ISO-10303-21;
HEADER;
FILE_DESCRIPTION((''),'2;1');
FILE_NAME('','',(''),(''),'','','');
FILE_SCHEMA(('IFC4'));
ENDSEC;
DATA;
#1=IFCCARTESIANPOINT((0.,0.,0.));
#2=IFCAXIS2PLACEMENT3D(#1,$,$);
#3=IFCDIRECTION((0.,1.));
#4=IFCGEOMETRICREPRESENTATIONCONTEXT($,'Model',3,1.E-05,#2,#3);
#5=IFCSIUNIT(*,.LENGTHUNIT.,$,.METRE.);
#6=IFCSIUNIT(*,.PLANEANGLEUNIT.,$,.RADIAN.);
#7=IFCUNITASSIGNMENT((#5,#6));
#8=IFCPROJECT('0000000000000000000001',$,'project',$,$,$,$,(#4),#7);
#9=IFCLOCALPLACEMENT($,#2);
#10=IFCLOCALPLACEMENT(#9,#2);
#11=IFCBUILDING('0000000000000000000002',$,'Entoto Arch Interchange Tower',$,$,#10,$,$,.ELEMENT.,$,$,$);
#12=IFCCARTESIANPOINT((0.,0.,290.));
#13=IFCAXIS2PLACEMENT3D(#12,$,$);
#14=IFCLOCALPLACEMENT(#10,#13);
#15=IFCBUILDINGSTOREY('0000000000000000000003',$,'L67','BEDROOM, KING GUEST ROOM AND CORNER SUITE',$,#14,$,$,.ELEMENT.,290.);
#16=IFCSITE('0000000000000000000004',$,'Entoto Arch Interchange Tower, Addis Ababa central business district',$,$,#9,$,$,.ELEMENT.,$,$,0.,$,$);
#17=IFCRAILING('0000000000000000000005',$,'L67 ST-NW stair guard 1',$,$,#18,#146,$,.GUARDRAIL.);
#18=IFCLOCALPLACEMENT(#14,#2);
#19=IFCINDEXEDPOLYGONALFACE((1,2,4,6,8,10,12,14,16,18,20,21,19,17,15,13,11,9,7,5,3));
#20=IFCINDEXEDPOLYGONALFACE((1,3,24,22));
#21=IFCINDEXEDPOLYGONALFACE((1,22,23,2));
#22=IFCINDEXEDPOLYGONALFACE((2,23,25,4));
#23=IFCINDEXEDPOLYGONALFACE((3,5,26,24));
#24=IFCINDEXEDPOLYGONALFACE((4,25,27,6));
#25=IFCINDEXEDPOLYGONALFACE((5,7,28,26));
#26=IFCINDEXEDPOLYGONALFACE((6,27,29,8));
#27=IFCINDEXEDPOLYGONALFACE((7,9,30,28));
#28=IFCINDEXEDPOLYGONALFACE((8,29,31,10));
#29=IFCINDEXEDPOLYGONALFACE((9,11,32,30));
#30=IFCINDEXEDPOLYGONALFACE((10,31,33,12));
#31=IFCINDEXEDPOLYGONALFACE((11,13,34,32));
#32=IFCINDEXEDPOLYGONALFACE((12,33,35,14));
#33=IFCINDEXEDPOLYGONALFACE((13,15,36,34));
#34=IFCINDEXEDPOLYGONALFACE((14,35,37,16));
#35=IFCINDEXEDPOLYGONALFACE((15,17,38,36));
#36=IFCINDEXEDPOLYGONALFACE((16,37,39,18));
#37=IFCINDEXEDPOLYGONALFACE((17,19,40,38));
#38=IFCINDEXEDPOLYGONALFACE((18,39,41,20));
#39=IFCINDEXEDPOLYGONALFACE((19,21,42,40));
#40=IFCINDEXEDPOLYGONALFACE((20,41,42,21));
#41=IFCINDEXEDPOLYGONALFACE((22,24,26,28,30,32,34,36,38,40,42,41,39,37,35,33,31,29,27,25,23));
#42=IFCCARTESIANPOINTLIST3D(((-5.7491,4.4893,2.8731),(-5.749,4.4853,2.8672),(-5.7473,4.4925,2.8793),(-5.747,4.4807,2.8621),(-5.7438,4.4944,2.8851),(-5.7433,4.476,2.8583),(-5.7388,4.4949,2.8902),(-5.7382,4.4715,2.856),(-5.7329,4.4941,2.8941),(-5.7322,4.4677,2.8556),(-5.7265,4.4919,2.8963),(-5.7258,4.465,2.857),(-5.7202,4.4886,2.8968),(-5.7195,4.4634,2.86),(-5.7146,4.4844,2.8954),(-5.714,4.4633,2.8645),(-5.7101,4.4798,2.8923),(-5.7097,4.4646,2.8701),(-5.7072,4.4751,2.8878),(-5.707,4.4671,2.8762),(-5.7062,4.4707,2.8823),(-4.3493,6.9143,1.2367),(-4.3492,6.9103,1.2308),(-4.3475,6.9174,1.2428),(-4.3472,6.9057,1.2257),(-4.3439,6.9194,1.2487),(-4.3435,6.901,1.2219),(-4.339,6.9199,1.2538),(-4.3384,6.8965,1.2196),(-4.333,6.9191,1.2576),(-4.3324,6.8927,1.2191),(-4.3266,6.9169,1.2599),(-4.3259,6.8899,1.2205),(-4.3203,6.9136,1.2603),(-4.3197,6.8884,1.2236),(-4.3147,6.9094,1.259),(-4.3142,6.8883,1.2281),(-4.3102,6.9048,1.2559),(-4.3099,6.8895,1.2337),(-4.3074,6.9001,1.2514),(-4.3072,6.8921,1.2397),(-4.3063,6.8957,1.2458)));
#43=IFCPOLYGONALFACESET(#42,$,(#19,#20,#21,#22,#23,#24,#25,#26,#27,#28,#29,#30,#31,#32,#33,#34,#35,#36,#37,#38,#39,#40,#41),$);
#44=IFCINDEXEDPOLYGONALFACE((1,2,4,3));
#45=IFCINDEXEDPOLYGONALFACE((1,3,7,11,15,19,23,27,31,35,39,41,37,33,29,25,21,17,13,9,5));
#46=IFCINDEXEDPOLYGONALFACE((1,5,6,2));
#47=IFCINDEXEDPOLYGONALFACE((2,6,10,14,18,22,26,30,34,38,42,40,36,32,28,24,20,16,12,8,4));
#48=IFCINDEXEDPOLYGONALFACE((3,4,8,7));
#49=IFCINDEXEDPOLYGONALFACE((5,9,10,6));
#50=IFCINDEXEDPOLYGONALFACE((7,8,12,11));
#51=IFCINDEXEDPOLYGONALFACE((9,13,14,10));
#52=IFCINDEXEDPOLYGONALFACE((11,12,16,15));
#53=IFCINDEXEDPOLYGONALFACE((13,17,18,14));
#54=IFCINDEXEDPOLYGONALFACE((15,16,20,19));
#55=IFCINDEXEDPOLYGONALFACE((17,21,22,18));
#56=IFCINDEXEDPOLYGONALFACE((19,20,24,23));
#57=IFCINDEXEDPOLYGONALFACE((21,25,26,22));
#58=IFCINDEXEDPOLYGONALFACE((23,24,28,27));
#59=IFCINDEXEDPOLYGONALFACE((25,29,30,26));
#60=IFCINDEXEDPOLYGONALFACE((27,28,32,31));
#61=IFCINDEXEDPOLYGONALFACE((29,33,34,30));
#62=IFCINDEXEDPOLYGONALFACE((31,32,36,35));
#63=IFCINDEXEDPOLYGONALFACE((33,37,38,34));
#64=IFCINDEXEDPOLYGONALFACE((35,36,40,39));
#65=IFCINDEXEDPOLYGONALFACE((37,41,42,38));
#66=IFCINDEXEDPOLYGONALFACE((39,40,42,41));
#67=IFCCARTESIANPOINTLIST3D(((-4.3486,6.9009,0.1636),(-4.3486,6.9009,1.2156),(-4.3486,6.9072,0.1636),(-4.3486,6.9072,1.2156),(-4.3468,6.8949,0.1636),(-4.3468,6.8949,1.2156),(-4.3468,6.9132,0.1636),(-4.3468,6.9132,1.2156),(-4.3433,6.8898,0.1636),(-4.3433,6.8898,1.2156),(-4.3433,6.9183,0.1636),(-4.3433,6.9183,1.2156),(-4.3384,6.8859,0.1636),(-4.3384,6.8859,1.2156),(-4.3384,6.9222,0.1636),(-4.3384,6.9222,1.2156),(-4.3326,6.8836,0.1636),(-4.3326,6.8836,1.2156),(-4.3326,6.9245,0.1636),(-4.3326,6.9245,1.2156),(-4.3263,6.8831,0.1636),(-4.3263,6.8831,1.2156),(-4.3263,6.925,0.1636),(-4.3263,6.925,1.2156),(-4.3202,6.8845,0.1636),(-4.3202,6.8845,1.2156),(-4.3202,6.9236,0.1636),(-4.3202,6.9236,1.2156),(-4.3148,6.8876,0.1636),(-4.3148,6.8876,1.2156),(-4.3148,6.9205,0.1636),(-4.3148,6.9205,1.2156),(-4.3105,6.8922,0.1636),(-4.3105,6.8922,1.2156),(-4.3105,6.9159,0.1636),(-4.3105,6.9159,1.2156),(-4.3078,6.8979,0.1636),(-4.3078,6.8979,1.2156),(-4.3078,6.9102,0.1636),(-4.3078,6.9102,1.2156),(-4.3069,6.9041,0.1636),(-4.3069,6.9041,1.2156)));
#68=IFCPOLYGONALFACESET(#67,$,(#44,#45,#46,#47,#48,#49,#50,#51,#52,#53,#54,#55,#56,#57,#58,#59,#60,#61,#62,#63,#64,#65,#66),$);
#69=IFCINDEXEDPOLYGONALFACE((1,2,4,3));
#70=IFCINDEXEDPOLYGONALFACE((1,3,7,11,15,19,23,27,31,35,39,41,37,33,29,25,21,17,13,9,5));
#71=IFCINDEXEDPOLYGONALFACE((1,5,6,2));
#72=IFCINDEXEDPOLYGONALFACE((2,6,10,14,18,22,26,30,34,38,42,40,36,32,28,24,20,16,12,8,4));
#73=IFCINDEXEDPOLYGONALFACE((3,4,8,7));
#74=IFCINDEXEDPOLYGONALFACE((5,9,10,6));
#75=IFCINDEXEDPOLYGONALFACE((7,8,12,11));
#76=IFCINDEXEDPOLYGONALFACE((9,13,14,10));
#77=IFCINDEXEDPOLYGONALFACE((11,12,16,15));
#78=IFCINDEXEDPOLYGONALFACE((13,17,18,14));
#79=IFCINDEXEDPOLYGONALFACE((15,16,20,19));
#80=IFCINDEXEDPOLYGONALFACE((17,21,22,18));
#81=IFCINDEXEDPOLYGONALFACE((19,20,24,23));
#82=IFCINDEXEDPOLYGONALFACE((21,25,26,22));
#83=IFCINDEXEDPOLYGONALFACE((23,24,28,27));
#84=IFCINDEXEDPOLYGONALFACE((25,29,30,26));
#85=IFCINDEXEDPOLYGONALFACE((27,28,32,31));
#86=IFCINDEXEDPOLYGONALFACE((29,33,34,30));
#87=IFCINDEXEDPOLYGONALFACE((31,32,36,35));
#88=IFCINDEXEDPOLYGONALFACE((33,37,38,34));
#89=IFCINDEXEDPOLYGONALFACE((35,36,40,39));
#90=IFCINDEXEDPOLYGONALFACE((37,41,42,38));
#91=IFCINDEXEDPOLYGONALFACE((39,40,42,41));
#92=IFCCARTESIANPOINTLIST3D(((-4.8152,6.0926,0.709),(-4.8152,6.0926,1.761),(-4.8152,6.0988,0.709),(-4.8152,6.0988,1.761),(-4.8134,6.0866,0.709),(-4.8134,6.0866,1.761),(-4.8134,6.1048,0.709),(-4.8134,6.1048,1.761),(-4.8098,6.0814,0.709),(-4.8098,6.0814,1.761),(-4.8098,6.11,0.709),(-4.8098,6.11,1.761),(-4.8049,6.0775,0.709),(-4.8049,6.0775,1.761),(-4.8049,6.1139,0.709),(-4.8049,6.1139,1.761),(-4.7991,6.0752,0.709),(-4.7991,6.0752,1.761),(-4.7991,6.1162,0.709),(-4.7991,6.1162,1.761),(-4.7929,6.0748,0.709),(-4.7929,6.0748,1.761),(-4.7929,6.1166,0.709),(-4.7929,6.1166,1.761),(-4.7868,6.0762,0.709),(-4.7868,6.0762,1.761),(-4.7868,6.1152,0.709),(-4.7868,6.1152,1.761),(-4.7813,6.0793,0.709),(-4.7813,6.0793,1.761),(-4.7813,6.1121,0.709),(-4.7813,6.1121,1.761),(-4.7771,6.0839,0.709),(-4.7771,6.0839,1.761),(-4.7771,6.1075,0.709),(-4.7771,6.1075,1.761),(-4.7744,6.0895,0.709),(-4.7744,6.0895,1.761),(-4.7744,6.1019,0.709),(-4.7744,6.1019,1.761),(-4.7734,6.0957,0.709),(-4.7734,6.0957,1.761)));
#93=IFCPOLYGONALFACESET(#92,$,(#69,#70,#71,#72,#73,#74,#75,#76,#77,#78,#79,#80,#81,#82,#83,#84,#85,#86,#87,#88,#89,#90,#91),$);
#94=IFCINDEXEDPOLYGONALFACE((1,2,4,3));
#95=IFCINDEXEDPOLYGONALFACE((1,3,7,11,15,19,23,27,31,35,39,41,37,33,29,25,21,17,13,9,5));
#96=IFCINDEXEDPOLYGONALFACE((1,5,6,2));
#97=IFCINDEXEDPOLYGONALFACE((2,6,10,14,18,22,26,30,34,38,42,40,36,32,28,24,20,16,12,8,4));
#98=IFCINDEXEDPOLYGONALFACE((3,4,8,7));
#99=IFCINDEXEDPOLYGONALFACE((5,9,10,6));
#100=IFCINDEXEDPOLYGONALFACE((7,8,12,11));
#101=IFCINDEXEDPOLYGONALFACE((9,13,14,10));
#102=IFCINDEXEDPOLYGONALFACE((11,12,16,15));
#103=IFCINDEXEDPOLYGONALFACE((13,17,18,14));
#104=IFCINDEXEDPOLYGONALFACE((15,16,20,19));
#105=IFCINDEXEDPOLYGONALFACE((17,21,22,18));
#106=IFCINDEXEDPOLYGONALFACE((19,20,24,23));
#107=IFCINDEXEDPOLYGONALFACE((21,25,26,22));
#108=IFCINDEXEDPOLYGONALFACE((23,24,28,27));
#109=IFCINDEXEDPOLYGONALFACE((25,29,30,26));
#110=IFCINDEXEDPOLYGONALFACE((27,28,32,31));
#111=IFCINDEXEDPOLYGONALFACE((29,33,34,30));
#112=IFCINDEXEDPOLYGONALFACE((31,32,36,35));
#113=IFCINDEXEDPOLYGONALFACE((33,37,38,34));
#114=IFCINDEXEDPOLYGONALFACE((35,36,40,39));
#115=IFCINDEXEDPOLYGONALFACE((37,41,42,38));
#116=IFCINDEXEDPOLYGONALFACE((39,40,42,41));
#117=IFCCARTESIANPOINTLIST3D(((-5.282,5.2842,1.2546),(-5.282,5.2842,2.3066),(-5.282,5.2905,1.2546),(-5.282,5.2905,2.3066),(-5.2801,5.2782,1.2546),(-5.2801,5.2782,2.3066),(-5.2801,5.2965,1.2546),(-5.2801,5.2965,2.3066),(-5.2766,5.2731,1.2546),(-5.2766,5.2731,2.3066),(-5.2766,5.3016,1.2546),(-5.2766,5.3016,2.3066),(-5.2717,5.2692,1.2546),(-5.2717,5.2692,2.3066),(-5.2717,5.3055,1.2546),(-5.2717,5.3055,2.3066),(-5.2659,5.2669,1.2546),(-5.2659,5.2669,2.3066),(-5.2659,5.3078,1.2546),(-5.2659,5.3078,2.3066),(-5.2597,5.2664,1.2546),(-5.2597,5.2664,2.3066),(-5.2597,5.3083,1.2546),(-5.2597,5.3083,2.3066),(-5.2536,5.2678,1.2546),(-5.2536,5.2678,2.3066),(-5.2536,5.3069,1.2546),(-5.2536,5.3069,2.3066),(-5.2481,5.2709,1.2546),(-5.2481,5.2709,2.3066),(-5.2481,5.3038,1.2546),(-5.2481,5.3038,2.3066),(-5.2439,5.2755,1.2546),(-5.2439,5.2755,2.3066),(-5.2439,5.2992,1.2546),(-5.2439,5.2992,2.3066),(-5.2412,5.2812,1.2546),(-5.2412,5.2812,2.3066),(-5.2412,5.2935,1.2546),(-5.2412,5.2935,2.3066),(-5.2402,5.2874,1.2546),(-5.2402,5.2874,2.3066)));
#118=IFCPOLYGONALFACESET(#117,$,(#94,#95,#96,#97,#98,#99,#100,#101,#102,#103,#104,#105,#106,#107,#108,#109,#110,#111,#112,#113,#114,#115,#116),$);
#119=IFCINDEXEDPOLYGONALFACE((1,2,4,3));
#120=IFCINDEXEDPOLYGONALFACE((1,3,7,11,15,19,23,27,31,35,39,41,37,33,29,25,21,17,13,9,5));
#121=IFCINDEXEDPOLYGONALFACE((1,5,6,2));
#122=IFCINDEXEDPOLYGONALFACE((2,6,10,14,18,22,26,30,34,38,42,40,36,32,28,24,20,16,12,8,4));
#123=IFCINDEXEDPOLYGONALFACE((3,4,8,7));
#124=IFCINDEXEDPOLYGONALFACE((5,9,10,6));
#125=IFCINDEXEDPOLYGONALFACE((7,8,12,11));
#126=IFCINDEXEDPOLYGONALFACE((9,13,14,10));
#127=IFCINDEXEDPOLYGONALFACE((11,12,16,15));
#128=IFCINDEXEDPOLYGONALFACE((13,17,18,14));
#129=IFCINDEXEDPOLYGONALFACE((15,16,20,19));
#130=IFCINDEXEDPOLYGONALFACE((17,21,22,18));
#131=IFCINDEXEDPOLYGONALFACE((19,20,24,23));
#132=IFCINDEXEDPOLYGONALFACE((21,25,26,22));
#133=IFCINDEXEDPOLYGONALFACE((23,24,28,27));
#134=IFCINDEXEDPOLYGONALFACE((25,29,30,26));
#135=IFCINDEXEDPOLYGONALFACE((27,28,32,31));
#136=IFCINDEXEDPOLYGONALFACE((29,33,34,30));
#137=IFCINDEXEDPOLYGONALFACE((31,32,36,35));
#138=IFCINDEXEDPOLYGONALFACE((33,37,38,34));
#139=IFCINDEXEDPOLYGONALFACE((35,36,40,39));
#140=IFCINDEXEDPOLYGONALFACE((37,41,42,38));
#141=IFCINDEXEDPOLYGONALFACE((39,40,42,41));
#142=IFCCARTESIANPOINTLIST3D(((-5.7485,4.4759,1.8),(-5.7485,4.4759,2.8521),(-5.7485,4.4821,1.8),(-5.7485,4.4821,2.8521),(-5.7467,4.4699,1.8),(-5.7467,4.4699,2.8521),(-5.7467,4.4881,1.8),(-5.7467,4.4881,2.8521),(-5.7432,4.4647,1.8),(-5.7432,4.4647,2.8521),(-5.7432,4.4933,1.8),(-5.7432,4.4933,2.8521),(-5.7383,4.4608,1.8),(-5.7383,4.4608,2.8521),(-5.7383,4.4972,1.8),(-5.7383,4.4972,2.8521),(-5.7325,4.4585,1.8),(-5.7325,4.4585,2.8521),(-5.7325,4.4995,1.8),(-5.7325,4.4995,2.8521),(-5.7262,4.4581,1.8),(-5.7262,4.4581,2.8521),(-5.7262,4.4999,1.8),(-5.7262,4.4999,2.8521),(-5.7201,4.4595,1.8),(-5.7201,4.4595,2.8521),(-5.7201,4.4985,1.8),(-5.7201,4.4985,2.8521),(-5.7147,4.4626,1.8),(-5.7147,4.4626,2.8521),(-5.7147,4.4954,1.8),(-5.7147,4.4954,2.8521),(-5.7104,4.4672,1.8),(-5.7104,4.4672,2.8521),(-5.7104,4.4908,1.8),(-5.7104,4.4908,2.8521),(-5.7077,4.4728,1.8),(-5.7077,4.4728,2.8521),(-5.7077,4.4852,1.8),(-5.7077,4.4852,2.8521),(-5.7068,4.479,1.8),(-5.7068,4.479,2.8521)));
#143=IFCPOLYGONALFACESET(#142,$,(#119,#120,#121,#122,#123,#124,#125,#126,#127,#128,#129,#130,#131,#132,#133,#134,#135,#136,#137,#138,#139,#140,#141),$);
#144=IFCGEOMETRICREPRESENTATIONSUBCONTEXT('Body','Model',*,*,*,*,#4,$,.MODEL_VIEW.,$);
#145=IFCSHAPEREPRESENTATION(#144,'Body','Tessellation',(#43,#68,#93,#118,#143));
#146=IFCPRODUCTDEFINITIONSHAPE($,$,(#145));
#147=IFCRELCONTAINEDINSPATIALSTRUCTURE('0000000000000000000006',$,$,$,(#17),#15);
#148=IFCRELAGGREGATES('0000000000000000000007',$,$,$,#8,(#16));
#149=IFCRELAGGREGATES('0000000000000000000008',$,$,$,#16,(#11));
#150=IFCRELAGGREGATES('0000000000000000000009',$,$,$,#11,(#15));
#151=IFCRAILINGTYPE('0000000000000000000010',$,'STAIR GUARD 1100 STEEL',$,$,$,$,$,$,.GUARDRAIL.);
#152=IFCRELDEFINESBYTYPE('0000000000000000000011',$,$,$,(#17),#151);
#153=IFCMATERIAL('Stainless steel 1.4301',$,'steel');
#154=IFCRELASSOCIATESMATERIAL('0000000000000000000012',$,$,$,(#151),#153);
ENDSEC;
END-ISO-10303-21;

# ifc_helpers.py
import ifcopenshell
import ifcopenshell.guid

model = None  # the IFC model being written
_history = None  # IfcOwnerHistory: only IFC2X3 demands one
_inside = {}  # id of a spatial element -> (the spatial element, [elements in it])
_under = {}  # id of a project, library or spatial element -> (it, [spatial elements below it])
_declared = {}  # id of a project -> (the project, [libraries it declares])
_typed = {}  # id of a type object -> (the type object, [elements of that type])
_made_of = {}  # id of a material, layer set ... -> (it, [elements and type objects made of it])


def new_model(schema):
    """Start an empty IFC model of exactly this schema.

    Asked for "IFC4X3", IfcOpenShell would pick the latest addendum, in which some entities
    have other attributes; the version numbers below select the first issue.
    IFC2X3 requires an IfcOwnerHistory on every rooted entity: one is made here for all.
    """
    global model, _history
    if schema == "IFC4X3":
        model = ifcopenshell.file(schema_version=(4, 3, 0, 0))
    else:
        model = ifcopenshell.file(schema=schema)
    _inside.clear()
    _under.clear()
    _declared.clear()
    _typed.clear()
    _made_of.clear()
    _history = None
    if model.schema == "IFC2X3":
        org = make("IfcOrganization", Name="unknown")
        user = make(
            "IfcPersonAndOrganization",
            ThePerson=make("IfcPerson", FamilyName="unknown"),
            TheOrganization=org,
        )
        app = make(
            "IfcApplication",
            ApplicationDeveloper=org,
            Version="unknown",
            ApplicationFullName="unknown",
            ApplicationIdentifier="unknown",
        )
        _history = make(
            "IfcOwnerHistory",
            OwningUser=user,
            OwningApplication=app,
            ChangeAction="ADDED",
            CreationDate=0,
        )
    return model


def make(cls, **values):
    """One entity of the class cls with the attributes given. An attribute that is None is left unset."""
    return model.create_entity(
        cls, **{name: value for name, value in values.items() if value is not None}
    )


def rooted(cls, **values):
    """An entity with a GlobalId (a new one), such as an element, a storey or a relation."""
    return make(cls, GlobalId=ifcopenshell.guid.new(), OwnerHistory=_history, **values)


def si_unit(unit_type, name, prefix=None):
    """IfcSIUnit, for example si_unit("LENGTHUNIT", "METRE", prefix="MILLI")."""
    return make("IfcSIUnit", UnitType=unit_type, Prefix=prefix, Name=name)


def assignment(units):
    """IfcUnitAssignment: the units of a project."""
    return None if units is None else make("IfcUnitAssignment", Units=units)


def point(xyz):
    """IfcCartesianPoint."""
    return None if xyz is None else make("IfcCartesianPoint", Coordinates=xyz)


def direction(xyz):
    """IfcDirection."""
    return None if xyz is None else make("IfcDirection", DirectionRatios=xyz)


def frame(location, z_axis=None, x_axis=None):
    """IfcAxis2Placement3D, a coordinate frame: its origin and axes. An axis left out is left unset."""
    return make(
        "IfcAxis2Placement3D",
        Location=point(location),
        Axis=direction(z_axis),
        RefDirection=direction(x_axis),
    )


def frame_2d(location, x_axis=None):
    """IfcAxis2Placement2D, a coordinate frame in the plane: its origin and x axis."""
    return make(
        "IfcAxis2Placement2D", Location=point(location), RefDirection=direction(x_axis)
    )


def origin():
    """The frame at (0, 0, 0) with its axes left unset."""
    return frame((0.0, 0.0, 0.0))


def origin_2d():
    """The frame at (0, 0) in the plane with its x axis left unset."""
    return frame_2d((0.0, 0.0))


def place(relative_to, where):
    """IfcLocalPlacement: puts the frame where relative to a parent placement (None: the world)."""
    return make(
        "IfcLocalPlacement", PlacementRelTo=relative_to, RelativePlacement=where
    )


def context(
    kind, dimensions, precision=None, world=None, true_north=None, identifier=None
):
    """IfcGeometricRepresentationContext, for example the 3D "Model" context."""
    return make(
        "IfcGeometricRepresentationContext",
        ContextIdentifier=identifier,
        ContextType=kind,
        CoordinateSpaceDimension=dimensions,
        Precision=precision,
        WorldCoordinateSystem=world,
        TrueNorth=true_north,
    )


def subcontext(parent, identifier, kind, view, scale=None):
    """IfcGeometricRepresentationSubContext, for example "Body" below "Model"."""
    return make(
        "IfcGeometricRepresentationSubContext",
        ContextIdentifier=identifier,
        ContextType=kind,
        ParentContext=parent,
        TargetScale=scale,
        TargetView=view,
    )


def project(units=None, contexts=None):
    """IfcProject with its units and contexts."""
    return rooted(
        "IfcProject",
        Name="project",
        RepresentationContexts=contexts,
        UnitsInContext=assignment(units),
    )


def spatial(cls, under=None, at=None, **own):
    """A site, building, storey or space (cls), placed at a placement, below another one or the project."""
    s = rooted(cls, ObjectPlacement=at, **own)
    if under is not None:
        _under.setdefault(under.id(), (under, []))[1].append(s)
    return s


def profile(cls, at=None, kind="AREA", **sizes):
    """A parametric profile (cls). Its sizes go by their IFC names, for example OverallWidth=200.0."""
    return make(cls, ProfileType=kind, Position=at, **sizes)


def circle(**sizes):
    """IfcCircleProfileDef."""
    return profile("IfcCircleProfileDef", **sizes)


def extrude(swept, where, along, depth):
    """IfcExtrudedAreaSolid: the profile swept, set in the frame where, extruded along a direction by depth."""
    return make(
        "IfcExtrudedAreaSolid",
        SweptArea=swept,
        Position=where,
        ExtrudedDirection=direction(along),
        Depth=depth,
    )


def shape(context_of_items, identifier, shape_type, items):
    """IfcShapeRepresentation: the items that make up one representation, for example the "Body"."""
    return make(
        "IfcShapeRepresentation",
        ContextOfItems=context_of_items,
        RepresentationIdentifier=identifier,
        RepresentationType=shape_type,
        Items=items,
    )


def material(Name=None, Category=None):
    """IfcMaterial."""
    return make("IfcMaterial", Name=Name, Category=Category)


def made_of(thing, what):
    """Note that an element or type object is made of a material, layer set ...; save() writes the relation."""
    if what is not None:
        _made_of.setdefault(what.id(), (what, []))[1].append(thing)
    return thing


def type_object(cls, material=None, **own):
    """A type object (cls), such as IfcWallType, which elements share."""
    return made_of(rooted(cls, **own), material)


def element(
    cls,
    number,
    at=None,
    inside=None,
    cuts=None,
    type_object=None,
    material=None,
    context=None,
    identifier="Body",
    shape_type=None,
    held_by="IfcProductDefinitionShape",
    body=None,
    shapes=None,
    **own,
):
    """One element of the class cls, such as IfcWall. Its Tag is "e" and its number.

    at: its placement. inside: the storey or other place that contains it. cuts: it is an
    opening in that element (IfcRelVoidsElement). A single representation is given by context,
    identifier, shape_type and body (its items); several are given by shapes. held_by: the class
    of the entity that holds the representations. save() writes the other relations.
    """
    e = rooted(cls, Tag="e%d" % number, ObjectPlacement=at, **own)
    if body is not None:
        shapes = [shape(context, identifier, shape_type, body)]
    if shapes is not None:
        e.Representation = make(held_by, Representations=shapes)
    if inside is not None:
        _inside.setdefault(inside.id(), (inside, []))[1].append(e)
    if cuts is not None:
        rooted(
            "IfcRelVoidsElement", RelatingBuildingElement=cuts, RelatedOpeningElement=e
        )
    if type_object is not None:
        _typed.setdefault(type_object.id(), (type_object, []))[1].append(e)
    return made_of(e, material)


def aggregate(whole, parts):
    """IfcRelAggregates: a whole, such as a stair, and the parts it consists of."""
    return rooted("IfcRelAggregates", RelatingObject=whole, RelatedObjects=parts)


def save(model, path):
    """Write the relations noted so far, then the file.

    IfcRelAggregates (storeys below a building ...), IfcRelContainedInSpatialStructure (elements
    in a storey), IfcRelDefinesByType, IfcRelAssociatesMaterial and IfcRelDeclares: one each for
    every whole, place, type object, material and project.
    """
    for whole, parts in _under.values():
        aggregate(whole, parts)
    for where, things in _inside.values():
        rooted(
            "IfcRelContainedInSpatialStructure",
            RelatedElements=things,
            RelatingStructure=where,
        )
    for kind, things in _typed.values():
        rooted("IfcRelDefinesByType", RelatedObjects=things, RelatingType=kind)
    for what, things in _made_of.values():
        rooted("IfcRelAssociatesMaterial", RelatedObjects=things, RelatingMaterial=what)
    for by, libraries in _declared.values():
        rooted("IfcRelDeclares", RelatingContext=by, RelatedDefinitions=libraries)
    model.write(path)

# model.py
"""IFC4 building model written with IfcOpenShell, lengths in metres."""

from ifc_helpers import new_model, si_unit, direction, frame, origin, origin_2d, place, context, subcontext, project, spatial, circle, extrude, material, type_object, element, save


model = new_model("IFC4")

# Units and contexts
model_context = context("Model", 3, precision=1e-05, world=origin(), true_north=direction((0.0, 1.0)))
body_context = subcontext(model_context, "Body", "Model", "MODEL_VIEW")
ifc_project = project(units=[si_unit("LENGTHUNIT", "METRE"), si_unit("PLANEANGLEUNIT", "RADIAN")], contexts=[model_context])

# Site, building, storey
site_placement = place(None, origin())
site = spatial("IfcSite", under=ifc_project, at=site_placement, Name="Entoto Arch Interchange Tower, Addis Ababa central business district", CompositionType="ELEMENT", RefElevation=0.0)
building_placement = place(site_placement, origin())
building = spatial("IfcBuilding", under=site, at=building_placement, Name="Entoto Arch Interchange Tower", CompositionType="ELEMENT")
storey_placement = place(building_placement, frame((0.0, 0.0, 290.0)))
storey = spatial("IfcBuildingStorey", under=building, at=storey_placement, Name="L67", Description="BEDROOM, KING GUEST ROOM AND CORNER SUITE", CompositionType="ELEMENT", Elevation=290.0)

# Railing
ifc_material_1 = material(Name="Stainless steel 1.4301", Category="steel")
railing_type_1 = type_object("IfcRailingType", Name="STAIR GUARD 1100 STEEL", PredefinedType="GUARDRAIL", material=ifc_material_1)
railing_1_placement = place(storey_placement, frame((-4.3279, 6.9041, 0.1636)))
element("IfcRailing", 1, at=railing_1_placement, inside=storey, type_object=railing_type_1, Name="L67 ST-NW stair guard 1", PredefinedType="GUARDRAIL", context=body_context, shape_type="SweptSolid", body=[
    extrude(circle(Radius=0.0239, at=origin_2d()), frame((0.0, 0.0, 1.0762), z_axis=(-0.431636, -0.747723, 0.504579), x_axis=(0.866056, -0.499946, 0.0)), (0.0, 0.0, 1.0), 3.2432),
    extrude(circle(Radius=0.021, at=origin_2d()), origin(), (0.0, 0.0, 1.0), 1.052),
    extrude(circle(Radius=0.021, at=origin_2d()), frame((-0.4666, -0.8083, 0.5454)), (0.0, 0.0, 1.0), 1.052),
    extrude(circle(Radius=0.021, at=origin_2d()), frame((-0.9333, -1.6167, 1.0911)), (0.0, 0.0, 1.0), 1.052),
    extrude(circle(Radius=0.021, at=origin_2d()), frame((-1.3999, -2.425, 1.6365)), (0.0, 0.0, 1.0), 1.052),
])

save(model, "model.ifc")
